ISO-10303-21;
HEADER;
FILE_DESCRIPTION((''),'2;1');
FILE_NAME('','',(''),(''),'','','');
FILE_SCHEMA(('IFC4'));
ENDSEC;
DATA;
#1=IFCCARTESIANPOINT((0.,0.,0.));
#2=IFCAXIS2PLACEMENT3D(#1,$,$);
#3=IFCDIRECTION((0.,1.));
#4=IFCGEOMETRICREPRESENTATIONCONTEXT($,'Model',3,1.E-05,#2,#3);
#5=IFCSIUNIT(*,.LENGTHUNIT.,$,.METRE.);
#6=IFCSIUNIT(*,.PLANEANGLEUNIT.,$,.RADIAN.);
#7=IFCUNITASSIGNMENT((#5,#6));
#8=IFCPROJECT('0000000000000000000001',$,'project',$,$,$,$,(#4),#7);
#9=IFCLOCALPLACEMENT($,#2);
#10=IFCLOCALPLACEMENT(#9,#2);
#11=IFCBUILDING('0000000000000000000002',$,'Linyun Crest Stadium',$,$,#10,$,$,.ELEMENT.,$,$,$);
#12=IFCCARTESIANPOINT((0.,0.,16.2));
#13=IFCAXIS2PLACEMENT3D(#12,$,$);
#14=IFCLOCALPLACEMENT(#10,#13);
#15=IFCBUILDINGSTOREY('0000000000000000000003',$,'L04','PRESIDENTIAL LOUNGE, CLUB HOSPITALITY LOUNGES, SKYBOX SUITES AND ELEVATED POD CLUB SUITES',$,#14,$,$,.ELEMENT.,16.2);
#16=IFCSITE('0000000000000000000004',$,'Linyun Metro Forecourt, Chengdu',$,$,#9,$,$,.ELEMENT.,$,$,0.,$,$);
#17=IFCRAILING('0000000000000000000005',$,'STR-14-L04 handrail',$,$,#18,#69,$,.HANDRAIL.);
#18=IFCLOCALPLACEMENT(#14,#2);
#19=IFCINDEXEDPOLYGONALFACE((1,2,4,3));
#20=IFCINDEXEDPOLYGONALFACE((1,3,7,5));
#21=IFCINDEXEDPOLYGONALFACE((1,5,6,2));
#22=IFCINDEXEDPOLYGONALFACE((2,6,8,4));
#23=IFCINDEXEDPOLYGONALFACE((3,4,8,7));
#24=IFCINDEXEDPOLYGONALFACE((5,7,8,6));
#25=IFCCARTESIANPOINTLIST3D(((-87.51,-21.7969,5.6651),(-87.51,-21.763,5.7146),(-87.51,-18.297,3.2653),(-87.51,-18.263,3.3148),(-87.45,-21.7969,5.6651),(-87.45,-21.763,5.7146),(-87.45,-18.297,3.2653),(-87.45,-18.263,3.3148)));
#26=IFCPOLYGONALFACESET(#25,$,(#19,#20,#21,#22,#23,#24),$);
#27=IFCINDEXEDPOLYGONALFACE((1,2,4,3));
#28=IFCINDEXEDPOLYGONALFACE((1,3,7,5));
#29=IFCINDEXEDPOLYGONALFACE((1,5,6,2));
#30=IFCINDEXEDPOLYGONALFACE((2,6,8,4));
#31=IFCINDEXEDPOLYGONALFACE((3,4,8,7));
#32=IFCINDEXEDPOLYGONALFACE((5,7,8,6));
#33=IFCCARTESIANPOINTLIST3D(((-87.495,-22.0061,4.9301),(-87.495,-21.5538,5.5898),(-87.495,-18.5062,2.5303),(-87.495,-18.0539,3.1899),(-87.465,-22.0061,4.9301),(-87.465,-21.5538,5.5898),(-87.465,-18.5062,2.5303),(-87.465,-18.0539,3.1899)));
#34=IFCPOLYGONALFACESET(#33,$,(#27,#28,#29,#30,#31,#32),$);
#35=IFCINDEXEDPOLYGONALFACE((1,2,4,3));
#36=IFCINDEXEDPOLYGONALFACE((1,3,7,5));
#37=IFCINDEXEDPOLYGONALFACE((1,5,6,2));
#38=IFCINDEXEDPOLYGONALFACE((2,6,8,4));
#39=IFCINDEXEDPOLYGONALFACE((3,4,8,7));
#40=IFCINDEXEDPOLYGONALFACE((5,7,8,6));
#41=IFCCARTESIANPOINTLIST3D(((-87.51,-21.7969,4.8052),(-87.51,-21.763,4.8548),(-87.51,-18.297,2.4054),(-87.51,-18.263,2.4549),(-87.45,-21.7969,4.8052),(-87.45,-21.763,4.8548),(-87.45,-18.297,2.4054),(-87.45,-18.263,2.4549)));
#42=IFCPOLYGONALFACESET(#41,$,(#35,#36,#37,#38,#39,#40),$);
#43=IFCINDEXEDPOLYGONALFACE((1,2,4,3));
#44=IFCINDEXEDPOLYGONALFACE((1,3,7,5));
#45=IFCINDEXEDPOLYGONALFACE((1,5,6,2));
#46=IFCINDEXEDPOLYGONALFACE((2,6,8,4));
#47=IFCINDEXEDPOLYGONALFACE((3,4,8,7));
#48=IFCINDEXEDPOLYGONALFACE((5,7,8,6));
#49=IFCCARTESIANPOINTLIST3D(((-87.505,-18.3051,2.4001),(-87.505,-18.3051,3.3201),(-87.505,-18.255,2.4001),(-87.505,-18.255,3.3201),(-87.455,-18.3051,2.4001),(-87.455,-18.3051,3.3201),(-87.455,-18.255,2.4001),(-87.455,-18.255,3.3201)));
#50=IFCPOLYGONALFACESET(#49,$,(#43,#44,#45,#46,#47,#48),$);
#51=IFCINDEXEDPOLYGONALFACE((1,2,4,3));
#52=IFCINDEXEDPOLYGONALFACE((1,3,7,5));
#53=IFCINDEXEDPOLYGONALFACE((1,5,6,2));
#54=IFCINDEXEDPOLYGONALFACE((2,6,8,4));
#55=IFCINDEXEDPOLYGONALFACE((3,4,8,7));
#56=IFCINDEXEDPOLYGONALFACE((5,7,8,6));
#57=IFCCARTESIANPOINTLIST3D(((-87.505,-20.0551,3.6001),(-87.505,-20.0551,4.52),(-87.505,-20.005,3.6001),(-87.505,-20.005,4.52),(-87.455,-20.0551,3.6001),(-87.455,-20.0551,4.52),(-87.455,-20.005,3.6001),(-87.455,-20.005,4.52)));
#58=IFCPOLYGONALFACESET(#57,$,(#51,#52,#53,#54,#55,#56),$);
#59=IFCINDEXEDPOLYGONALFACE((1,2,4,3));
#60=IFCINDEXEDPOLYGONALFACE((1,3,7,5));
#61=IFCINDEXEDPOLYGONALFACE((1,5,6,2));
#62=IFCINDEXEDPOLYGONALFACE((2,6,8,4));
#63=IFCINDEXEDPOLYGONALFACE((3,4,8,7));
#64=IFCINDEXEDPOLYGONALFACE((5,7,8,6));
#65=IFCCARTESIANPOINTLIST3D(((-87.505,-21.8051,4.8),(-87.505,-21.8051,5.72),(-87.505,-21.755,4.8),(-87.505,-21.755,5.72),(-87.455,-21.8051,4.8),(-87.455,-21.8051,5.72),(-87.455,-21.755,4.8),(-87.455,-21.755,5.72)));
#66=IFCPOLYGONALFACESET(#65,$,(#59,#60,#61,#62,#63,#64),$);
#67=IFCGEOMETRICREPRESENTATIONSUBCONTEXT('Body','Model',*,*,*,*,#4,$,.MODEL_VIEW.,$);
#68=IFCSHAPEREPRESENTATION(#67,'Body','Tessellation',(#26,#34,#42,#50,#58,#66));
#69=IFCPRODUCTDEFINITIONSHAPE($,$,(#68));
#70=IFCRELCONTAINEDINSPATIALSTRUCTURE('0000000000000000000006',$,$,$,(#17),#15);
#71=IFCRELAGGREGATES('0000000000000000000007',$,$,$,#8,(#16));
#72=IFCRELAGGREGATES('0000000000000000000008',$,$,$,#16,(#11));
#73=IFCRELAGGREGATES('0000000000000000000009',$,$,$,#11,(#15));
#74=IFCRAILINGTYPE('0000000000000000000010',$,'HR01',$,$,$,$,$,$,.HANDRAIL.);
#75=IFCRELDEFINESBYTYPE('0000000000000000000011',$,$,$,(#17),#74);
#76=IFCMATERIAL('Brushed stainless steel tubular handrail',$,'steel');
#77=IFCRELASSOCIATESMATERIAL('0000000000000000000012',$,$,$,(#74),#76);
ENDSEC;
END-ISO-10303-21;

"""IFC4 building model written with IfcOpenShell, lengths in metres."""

from ifc_helpers import new_model, si_unit, direction, frame, origin, origin_2d, place, context, subcontext, project, spatial, rectangle, extrude, material, type_object, element, save


model = new_model("IFC4")

# Units and contexts
model_context = context("Model", 3, precision=1e-05, world=origin(), true_north=direction((0.0, 1.0)))
body_context = subcontext(model_context, "Body", "Model", "MODEL_VIEW")
ifc_project = project(units=[si_unit("LENGTHUNIT", "METRE"), si_unit("PLANEANGLEUNIT", "RADIAN")], contexts=[model_context])

# Site, building, storey
site_placement = place(None, origin())
site = spatial("IfcSite", under=ifc_project, at=site_placement, Name="Linyun Metro Forecourt, Chengdu", CompositionType="ELEMENT", RefElevation=0.0)
building_placement = place(site_placement, origin())
building = spatial("IfcBuilding", under=site, at=building_placement, Name="Linyun Crest Stadium", CompositionType="ELEMENT")
storey_placement = place(building_placement, frame((0.0, 0.0, 16.2)))
storey = spatial("IfcBuildingStorey", under=building, at=storey_placement, Name="L04", Description="PRESIDENTIAL LOUNGE, CLUB HOSPITALITY LOUNGES, SKYBOX SUITES AND ELEVATED POD CLUB SUITES", CompositionType="ELEMENT", Elevation=16.2)

# Railing
ifc_material_1 = material(Name="Brushed stainless steel tubular handrail", Category="steel")
railing_type_1 = type_object("IfcRailingType", Name="HR01", PredefinedType="HANDRAIL", material=ifc_material_1)
railing_1_placement = place(storey_placement, frame((-87.48, -18.28, 2.4001)))
element("IfcRailing", 1, at=railing_1_placement, inside=storey, type_object=railing_type_1, Name="STR-14-L04 handrail", PredefinedType="HANDRAIL", context=body_context, shape_type="SweptSolid", body=[
    extrude(rectangle(XDim=0.0601, YDim=0.0601, at=origin_2d()), frame((0.0, 0.0, 0.8899), z_axis=(0.0, -0.82474, 0.565513), x_axis=(1.0, 0.0, 0.0)), (0.0, 0.0, 1.0), 4.2437),
    extrude(rectangle(XDim=0.03, YDim=0.7998, at=origin_2d()), frame((0.0, 0.0, 0.46), z_axis=(0.0, -0.82474, 0.565513), x_axis=(1.0, 0.0, 0.0)), (0.0, 0.0, 1.0), 4.2437),
    extrude(rectangle(XDim=0.0601, YDim=0.0601, at=origin_2d()), frame((0.0, 0.0, 0.03), z_axis=(0.0, -0.82474, 0.565513), x_axis=(1.0, 0.0, 0.0)), (0.0, 0.0, 1.0), 4.2437),
    extrude(rectangle(XDim=0.05, YDim=0.05, at=origin_2d()), origin(), (0.0, 0.0, 1.0), 0.9199),
    extrude(rectangle(XDim=0.05, YDim=0.05, at=origin_2d()), frame((0.0, -1.75, 1.2)), (0.0, 0.0, 1.0), 0.9199),
    extrude(rectangle(XDim=0.05, YDim=0.05, at=origin_2d()), frame((0.0, -3.5, 2.3999)), (0.0, 0.0, 1.0), 0.9199),
])

save(model, "model.ifc")
